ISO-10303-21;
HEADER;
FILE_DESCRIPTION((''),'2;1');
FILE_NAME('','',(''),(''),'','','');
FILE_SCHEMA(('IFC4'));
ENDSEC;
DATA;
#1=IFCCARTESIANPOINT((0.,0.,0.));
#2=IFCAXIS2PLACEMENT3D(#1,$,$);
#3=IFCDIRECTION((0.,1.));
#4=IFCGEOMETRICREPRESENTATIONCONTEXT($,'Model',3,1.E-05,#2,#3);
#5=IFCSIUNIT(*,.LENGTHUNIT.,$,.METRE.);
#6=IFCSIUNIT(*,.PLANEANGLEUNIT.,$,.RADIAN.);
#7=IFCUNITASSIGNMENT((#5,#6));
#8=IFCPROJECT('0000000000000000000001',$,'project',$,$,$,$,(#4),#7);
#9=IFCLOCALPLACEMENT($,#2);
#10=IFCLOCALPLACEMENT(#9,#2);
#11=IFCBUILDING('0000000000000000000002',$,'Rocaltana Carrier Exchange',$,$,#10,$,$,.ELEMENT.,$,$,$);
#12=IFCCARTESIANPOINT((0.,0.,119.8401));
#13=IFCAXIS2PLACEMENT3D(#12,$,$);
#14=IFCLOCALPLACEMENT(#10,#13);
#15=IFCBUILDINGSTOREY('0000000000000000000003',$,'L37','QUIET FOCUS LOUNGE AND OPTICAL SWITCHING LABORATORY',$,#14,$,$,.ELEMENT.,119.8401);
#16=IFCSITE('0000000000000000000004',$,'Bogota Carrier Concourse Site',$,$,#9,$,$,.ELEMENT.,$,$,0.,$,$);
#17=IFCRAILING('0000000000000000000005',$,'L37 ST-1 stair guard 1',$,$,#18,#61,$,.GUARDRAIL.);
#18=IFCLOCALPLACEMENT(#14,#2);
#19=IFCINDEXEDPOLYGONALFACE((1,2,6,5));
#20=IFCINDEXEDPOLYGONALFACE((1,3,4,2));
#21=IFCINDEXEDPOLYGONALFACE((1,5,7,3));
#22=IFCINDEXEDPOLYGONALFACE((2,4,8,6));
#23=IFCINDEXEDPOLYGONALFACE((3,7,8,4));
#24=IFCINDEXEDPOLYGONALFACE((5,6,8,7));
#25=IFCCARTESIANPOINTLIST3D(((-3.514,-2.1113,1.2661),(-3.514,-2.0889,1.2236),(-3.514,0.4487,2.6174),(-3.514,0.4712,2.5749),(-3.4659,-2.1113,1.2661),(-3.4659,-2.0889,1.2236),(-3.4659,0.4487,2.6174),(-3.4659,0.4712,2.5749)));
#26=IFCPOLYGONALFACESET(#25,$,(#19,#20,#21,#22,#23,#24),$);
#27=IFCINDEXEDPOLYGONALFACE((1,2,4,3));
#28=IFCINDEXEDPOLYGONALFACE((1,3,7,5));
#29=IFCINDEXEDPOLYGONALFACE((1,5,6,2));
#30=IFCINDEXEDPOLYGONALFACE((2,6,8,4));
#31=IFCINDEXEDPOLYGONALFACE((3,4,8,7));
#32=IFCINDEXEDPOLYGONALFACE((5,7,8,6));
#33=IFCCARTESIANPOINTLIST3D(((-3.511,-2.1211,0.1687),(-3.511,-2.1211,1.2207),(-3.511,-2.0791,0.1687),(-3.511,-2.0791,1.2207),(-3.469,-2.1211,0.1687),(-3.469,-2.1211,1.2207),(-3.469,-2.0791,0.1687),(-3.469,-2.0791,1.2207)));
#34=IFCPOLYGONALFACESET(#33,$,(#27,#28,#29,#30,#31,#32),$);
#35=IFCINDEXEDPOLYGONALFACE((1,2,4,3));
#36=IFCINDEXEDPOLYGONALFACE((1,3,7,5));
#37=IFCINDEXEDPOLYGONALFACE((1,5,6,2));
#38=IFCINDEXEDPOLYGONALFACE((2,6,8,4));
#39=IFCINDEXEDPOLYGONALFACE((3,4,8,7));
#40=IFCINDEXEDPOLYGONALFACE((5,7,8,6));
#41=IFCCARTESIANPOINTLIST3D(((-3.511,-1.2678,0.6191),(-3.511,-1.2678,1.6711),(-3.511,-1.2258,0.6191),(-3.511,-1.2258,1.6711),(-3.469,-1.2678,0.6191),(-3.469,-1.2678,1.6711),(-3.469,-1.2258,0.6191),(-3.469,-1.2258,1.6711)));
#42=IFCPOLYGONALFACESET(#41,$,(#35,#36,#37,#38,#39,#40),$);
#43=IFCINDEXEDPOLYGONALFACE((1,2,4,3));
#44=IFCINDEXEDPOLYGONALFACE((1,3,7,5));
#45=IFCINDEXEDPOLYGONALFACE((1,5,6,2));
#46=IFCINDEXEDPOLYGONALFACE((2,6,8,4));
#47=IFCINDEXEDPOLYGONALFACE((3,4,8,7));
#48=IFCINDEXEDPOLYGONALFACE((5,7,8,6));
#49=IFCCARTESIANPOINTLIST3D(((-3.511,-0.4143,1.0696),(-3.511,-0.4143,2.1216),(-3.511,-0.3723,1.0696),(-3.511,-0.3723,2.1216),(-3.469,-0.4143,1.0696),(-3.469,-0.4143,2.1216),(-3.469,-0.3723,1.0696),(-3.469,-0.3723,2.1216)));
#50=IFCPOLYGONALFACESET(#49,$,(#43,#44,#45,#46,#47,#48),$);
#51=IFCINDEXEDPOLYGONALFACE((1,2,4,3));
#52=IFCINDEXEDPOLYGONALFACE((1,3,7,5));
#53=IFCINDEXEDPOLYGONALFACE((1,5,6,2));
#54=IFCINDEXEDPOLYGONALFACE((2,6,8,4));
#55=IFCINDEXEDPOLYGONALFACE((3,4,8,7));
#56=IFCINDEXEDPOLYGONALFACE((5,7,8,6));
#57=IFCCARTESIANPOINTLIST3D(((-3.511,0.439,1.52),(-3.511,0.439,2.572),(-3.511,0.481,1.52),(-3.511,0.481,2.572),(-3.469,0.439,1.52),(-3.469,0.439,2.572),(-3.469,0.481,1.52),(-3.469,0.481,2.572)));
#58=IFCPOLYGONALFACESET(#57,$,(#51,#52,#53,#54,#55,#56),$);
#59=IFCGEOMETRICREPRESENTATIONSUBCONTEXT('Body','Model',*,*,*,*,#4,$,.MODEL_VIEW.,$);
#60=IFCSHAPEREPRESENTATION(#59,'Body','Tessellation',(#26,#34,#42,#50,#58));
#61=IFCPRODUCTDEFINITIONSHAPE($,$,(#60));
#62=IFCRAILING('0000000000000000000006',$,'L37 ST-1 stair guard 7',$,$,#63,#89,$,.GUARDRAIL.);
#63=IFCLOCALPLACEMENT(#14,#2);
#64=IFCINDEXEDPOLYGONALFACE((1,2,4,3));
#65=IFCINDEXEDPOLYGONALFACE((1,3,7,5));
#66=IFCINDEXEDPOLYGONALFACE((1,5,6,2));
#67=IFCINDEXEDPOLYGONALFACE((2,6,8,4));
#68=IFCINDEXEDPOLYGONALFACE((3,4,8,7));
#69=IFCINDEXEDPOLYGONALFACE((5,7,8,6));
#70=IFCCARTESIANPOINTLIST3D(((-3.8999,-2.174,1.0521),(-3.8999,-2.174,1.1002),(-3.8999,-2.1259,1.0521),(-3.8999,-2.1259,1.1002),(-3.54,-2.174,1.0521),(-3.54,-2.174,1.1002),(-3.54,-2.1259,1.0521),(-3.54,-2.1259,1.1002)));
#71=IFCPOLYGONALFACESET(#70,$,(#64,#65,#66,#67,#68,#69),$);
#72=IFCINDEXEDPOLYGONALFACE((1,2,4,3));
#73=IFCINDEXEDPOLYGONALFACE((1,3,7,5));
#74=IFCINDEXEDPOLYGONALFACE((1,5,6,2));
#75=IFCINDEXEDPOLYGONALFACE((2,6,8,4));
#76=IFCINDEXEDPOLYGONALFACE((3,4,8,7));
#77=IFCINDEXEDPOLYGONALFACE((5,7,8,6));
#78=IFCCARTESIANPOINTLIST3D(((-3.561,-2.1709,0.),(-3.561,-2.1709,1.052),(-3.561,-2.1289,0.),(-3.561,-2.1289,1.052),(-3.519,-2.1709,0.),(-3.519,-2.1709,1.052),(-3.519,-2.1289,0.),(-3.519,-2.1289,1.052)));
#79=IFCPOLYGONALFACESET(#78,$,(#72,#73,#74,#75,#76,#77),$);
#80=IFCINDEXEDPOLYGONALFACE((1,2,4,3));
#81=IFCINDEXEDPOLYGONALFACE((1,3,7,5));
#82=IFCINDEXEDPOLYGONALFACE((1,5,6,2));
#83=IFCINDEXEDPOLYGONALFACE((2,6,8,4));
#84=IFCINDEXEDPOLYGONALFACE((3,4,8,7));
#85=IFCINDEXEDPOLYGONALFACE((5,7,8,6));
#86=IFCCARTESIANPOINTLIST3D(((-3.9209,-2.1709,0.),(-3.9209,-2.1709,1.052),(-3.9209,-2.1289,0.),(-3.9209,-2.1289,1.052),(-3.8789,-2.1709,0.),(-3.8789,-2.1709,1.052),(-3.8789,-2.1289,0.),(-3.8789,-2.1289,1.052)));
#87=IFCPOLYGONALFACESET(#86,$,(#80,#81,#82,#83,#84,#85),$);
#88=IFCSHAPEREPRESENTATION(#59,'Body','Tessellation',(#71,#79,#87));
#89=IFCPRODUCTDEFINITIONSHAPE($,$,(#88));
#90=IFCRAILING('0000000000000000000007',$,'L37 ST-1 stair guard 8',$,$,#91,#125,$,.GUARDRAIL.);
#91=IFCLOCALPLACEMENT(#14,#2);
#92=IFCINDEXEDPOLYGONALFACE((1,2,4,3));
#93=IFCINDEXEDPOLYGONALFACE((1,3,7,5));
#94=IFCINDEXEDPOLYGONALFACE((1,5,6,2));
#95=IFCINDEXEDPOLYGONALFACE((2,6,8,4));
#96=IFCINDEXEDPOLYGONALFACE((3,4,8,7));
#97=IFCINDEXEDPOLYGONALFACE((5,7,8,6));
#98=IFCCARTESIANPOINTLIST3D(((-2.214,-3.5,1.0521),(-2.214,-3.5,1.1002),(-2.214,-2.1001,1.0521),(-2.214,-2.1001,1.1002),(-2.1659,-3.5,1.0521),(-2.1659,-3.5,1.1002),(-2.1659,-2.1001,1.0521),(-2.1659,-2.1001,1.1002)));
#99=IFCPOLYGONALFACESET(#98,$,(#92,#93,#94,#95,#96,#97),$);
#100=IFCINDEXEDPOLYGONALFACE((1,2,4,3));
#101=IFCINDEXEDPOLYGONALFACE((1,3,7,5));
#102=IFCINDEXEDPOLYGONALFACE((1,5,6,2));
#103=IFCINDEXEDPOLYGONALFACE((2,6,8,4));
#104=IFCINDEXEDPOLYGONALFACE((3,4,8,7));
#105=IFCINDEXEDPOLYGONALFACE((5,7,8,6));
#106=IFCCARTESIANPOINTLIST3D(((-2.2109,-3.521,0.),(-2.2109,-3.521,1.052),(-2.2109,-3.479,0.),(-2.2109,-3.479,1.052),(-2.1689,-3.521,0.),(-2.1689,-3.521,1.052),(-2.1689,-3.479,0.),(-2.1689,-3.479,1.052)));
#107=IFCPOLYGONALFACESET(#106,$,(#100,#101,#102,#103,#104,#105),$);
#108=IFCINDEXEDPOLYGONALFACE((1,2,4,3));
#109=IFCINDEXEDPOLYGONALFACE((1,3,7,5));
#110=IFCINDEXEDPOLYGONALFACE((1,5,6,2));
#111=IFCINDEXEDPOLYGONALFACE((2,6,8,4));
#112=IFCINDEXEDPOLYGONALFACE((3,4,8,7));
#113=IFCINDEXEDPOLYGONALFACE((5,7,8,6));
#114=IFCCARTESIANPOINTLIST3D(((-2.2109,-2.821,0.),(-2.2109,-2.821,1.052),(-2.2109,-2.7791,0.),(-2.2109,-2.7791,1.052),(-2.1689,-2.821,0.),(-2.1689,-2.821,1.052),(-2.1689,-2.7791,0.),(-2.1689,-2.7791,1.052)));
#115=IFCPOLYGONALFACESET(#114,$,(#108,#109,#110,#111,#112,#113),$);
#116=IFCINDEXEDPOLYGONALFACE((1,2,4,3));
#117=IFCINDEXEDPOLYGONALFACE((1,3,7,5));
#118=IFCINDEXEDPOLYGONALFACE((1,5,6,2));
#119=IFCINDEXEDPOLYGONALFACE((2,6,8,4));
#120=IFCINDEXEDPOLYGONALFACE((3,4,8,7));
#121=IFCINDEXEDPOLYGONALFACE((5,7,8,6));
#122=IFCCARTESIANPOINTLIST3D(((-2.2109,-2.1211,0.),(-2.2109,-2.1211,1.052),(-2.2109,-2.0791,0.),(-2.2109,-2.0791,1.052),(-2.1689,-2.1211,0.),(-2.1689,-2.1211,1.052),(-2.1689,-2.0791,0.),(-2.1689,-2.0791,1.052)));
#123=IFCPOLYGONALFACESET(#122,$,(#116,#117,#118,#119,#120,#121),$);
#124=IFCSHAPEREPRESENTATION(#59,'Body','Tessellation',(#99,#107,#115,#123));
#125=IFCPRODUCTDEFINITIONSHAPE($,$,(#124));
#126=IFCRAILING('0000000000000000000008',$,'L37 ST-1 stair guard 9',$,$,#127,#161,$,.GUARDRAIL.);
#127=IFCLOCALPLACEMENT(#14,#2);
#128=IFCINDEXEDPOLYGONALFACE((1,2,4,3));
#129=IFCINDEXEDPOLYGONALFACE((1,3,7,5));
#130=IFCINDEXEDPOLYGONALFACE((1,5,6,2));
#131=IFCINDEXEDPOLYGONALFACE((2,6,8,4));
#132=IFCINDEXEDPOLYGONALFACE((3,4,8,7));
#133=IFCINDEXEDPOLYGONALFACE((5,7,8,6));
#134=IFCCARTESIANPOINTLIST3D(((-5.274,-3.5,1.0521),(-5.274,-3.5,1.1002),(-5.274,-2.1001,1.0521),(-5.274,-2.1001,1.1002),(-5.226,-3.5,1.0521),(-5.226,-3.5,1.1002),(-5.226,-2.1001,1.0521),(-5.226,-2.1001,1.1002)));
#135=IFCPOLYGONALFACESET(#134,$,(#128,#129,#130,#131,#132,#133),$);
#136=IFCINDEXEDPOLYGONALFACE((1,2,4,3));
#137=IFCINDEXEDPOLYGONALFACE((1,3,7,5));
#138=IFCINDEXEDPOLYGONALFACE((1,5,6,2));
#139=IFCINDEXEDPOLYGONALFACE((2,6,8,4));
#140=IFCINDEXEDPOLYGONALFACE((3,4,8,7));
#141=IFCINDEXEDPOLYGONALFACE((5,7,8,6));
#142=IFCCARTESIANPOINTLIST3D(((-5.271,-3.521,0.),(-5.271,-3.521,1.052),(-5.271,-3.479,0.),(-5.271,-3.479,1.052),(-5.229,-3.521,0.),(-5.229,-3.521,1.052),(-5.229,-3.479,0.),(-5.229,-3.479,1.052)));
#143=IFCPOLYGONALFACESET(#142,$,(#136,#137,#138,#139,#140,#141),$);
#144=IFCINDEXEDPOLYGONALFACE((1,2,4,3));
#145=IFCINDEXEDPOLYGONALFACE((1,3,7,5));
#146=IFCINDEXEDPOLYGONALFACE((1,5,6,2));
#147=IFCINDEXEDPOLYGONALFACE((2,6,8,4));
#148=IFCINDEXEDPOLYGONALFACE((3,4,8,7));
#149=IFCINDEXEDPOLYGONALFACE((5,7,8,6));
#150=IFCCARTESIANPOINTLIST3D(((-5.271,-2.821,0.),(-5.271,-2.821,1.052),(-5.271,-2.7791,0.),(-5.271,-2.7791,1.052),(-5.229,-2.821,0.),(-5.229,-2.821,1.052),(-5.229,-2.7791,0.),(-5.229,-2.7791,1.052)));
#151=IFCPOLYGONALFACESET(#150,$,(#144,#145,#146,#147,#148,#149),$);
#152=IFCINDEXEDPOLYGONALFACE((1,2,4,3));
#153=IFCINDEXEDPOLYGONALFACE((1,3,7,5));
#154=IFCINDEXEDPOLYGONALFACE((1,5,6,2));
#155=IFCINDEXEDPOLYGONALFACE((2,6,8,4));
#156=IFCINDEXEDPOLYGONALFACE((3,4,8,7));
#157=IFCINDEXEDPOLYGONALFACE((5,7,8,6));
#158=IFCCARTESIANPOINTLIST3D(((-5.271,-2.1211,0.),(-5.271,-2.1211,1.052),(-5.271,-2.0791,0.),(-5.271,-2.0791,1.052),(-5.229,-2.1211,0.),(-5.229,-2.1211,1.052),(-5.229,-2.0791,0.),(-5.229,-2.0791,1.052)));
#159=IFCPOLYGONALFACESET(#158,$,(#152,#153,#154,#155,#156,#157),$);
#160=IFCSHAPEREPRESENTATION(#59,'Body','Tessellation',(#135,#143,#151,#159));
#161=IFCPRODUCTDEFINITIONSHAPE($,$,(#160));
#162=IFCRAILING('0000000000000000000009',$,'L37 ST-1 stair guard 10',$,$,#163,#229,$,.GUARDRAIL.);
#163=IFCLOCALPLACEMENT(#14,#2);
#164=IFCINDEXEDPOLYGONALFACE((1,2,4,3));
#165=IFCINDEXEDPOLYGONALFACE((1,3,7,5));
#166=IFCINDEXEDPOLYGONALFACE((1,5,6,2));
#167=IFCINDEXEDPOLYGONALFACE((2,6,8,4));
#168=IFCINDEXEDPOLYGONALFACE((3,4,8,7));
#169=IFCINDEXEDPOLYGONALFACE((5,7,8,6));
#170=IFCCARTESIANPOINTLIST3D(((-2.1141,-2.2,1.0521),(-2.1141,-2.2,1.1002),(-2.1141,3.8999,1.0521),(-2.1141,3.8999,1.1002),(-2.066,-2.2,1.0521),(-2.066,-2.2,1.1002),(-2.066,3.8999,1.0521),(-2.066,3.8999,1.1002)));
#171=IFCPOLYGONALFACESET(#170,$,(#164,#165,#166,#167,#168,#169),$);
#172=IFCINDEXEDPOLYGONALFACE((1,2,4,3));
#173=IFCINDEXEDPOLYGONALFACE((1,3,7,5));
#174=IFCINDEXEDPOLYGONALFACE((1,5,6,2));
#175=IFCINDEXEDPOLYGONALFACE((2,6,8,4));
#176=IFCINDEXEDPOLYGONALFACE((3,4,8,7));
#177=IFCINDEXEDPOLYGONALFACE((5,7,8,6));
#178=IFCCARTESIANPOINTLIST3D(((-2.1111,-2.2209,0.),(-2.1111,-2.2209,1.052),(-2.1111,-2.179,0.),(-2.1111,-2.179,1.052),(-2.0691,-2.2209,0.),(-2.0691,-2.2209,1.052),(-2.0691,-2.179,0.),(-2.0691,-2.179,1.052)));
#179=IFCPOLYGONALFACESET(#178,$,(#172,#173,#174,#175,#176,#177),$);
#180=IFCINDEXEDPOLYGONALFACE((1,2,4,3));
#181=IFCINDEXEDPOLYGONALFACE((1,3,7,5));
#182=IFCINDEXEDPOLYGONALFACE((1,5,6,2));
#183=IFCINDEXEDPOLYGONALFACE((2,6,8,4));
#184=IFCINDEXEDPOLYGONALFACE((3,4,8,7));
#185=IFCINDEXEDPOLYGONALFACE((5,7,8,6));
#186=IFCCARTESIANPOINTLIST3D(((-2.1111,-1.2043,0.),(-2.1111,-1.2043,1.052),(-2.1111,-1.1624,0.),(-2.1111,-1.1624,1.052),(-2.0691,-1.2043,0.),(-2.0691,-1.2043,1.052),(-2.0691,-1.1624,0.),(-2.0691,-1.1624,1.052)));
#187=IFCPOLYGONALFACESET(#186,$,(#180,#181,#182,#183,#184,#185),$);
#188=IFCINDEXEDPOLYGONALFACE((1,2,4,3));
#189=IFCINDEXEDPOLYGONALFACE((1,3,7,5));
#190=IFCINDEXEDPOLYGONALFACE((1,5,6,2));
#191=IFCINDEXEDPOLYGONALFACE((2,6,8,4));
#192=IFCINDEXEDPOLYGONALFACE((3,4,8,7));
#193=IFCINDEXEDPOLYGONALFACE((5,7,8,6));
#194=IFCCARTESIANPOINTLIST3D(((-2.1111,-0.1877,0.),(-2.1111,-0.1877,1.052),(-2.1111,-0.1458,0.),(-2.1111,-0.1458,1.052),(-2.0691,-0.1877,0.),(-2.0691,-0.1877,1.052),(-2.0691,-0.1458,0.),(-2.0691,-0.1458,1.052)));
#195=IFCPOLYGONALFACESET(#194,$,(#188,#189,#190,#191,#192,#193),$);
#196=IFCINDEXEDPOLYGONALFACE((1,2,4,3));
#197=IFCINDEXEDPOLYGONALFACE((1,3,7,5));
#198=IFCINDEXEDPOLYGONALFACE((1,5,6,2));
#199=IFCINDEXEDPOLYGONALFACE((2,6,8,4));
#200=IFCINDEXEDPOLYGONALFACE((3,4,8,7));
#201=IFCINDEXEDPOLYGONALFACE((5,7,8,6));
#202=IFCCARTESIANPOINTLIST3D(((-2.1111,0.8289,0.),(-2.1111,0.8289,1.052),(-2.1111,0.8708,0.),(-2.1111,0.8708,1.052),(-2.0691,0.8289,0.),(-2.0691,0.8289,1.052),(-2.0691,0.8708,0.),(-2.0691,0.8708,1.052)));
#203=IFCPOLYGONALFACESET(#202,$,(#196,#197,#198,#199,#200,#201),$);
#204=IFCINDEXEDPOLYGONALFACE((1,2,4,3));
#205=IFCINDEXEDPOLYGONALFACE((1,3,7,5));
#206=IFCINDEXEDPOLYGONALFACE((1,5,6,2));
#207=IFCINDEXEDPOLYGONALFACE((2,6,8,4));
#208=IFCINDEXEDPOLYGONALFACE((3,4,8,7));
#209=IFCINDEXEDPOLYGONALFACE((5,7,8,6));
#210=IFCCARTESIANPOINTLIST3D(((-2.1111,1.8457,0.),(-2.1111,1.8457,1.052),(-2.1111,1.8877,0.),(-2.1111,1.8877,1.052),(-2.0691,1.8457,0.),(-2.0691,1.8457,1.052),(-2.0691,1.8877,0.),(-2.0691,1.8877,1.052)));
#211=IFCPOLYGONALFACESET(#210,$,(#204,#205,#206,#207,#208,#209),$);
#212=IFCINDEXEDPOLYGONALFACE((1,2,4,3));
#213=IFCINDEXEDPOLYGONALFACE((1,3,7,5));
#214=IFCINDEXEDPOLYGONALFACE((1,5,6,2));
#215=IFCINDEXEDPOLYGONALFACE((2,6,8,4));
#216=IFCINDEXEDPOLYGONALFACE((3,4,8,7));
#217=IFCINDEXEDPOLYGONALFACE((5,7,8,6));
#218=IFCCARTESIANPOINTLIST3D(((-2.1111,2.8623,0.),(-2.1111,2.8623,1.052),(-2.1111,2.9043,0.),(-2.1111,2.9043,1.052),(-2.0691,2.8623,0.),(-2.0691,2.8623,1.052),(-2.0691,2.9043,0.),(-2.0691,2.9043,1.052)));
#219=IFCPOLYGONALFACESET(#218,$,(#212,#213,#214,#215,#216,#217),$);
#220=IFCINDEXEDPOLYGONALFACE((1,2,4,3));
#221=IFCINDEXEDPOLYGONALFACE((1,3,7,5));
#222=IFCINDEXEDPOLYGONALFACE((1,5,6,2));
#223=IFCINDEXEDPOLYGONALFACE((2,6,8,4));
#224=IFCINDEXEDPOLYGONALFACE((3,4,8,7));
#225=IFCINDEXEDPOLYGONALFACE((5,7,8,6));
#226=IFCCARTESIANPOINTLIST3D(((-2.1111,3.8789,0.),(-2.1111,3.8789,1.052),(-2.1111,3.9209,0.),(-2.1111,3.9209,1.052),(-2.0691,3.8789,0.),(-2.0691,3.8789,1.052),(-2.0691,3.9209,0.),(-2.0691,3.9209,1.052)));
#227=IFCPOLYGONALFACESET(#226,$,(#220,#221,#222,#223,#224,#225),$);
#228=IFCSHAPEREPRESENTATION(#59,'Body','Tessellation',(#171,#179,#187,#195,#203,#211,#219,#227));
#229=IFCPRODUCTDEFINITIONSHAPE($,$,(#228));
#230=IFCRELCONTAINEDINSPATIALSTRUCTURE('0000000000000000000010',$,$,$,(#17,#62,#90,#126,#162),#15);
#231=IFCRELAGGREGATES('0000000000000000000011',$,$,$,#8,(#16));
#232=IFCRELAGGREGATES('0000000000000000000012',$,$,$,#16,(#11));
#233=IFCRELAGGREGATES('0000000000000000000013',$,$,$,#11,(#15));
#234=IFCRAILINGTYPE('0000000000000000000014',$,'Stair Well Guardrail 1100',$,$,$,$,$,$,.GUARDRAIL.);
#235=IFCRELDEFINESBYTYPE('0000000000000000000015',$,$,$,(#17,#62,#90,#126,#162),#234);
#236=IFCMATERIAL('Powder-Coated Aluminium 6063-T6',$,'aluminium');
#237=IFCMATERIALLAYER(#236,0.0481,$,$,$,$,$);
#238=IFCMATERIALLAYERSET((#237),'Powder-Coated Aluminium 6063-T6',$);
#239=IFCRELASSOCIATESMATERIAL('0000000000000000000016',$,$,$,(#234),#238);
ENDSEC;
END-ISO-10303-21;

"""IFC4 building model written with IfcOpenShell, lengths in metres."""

from ifc_helpers import new_model, si_unit, direction, frame, origin, origin_2d, place, context, subcontext, project, spatial, rectangle, extrude, material, layer, layer_set, type_object, element, save


model = new_model("IFC4")

# Units and contexts
model_context = context("Model", 3, precision=1e-05, world=origin(), true_north=direction((0.0, 1.0)))
body_context = subcontext(model_context, "Body", "Model", "MODEL_VIEW")
ifc_project = project(units=[si_unit("LENGTHUNIT", "METRE"), si_unit("PLANEANGLEUNIT", "RADIAN")], contexts=[model_context])

# Site, building, storey
site_placement = place(None, origin())
site = spatial("IfcSite", under=ifc_project, at=site_placement, Name="Bogota Carrier Concourse Site", CompositionType="ELEMENT", RefElevation=0.0)
building_placement = place(site_placement, origin())
building = spatial("IfcBuilding", under=site, at=building_placement, Name="Rocaltana Carrier Exchange", CompositionType="ELEMENT")
storey_placement = place(building_placement, frame((0.0, 0.0, 119.8401)))
storey = spatial("IfcBuildingStorey", under=building, at=storey_placement, Name="L37", Description="QUIET FOCUS LOUNGE AND OPTICAL SWITCHING LABORATORY", CompositionType="ELEMENT", Elevation=119.8401)

# Railings
ifc_material_1 = material(Name="Powder-Coated Aluminium 6063-T6", Category="aluminium")
ifc_layer_1 = layer(ifc_material_1, 0.0481)
ifc_layer_set_1 = layer_set([ifc_layer_1], Name="Powder-Coated Aluminium 6063-T6")
railing_type_1 = type_object("IfcRailingType", Name="Stair Well Guardrail 1100", PredefinedType="GUARDRAIL", material=ifc_layer_set_1)
railing_1_placement = place(storey_placement, frame((-3.49, -2.1001, 0.1687)))
element("IfcRailing", 1, at=railing_1_placement, inside=storey, type_object=railing_type_1, Name="L37 ST-1 stair guard 1", PredefinedType="GUARDRAIL", context=body_context, shape_type="SweptSolid", body=[
    extrude(rectangle(XDim=0.0481, YDim=0.0481, at=origin_2d()), frame((0.0, 0.0, 1.0762), z_axis=(0.0, 0.88436, 0.466806), x_axis=(-1.0, 0.0, 0.0)), (0.0, 0.0, 1.0), 2.8948),
    extrude(rectangle(XDim=0.042, YDim=0.042, at=origin_2d()), origin(), (0.0, 0.0, 1.0), 1.052),
    extrude(rectangle(XDim=0.042, YDim=0.042, at=origin_2d()), frame((0.0, 0.8533, 0.4504)), (0.0, 0.0, 1.0), 1.052),
    extrude(rectangle(XDim=0.042, YDim=0.042, at=origin_2d()), frame((0.0, 1.7068, 0.9009)), (0.0, 0.0, 1.0), 1.052),
    extrude(rectangle(XDim=0.042, YDim=0.042, at=origin_2d()), frame((0.0, 2.5601, 1.3513)), (0.0, 0.0, 1.0), 1.052),
])
railing_2_placement = place(storey_placement, frame((-3.54, -2.1499, 0.0)))
element("IfcRailing", 2, at=railing_2_placement, inside=storey, type_object=railing_type_1, Name="L37 ST-1 stair guard 7", PredefinedType="GUARDRAIL", context=body_context, shape_type="SweptSolid", body=[
    extrude(rectangle(XDim=0.0481, YDim=0.0481, at=origin_2d()), frame((0.0, 0.0, 1.0762), z_axis=(-1.0, 0.0, 0.0), x_axis=(0.0, -1.0, 0.0)), (0.0, 0.0, 1.0), 0.3599),
    extrude(rectangle(XDim=0.042, YDim=0.042, at=origin_2d()), origin(), (0.0, 0.0, 1.0), 1.052),
    extrude(rectangle(XDim=0.042, YDim=0.042, at=origin_2d()), frame((-0.3599, 0.0, 0.0)), (0.0, 0.0, 1.0), 1.052),
])
for number, where, name in (
    (3, (-2.1899, -3.5, 0.0), "L37 ST-1 stair guard 8"),
    (4, (-5.25, -3.5, 0.0), "L37 ST-1 stair guard 9"),
):
    element("IfcRailing", number, at=place(storey_placement, frame(where)), inside=storey, type_object=railing_type_1, Name=name, PredefinedType="GUARDRAIL", context=body_context, shape_type="SweptSolid", body=[
        extrude(rectangle(XDim=0.0481, YDim=0.0481, at=origin_2d()), frame((0.0, 0.0, 1.0762), z_axis=(0.0, 1.0, 0.0), x_axis=(-1.0, 0.0, 0.0)), (0.0, 0.0, 1.0), 1.3999),
        extrude(rectangle(XDim=0.042, YDim=0.042, at=origin_2d()), origin(), (0.0, 0.0, 1.0), 1.052),
        extrude(rectangle(XDim=0.042, YDim=0.042, at=origin_2d()), frame((0.0, 0.7, 0.0)), (0.0, 0.0, 1.0), 1.052),
        extrude(rectangle(XDim=0.042, YDim=0.042, at=origin_2d()), frame((0.0, 1.3999, 0.0)), (0.0, 0.0, 1.0), 1.052),
    ])
for number, where, name in (
    (5, (-2.0901, -2.2, 0.0), "L37 ST-1 stair guard 10"),
):
    element("IfcRailing", number, at=place(storey_placement, frame(where)), inside=storey, type_object=railing_type_1, Name=name, PredefinedType="GUARDRAIL", context=body_context, shape_type="SweptSolid", body=[
        extrude(rectangle(XDim=0.0481, YDim=0.0481, at=origin_2d()), frame((0.0, 0.0, 1.0762), z_axis=(0.0, 1.0, 0.0), x_axis=(-1.0, 0.0, 0.0)), (0.0, 0.0, 1.0), 6.0999),
        extrude(rectangle(XDim=0.042, YDim=0.042, at=origin_2d()), origin(), (0.0, 0.0, 1.0), 1.052),
        extrude(rectangle(XDim=0.042, YDim=0.042, at=origin_2d()), frame((0.0, 1.0166, 0.0)), (0.0, 0.0, 1.0), 1.052),
        extrude(rectangle(XDim=0.042, YDim=0.042, at=origin_2d()), frame((0.0, 2.0332, 0.0)), (0.0, 0.0, 1.0), 1.052),
        extrude(rectangle(XDim=0.042, YDim=0.042, at=origin_2d()), frame((0.0, 3.0498, 0.0)), (0.0, 0.0, 1.0), 1.052),
        extrude(rectangle(XDim=0.042, YDim=0.042, at=origin_2d()), frame((0.0, 4.0667, 0.0)), (0.0, 0.0, 1.0), 1.052),
        extrude(rectangle(XDim=0.042, YDim=0.042, at=origin_2d()), frame((0.0, 5.0833, 0.0)), (0.0, 0.0, 1.0), 1.052),
        extrude(rectangle(XDim=0.042, YDim=0.042, at=origin_2d()), frame((0.0, 6.0999, 0.0)), (0.0, 0.0, 1.0), 1.052),
    ])

save(model, "model.ifc")
